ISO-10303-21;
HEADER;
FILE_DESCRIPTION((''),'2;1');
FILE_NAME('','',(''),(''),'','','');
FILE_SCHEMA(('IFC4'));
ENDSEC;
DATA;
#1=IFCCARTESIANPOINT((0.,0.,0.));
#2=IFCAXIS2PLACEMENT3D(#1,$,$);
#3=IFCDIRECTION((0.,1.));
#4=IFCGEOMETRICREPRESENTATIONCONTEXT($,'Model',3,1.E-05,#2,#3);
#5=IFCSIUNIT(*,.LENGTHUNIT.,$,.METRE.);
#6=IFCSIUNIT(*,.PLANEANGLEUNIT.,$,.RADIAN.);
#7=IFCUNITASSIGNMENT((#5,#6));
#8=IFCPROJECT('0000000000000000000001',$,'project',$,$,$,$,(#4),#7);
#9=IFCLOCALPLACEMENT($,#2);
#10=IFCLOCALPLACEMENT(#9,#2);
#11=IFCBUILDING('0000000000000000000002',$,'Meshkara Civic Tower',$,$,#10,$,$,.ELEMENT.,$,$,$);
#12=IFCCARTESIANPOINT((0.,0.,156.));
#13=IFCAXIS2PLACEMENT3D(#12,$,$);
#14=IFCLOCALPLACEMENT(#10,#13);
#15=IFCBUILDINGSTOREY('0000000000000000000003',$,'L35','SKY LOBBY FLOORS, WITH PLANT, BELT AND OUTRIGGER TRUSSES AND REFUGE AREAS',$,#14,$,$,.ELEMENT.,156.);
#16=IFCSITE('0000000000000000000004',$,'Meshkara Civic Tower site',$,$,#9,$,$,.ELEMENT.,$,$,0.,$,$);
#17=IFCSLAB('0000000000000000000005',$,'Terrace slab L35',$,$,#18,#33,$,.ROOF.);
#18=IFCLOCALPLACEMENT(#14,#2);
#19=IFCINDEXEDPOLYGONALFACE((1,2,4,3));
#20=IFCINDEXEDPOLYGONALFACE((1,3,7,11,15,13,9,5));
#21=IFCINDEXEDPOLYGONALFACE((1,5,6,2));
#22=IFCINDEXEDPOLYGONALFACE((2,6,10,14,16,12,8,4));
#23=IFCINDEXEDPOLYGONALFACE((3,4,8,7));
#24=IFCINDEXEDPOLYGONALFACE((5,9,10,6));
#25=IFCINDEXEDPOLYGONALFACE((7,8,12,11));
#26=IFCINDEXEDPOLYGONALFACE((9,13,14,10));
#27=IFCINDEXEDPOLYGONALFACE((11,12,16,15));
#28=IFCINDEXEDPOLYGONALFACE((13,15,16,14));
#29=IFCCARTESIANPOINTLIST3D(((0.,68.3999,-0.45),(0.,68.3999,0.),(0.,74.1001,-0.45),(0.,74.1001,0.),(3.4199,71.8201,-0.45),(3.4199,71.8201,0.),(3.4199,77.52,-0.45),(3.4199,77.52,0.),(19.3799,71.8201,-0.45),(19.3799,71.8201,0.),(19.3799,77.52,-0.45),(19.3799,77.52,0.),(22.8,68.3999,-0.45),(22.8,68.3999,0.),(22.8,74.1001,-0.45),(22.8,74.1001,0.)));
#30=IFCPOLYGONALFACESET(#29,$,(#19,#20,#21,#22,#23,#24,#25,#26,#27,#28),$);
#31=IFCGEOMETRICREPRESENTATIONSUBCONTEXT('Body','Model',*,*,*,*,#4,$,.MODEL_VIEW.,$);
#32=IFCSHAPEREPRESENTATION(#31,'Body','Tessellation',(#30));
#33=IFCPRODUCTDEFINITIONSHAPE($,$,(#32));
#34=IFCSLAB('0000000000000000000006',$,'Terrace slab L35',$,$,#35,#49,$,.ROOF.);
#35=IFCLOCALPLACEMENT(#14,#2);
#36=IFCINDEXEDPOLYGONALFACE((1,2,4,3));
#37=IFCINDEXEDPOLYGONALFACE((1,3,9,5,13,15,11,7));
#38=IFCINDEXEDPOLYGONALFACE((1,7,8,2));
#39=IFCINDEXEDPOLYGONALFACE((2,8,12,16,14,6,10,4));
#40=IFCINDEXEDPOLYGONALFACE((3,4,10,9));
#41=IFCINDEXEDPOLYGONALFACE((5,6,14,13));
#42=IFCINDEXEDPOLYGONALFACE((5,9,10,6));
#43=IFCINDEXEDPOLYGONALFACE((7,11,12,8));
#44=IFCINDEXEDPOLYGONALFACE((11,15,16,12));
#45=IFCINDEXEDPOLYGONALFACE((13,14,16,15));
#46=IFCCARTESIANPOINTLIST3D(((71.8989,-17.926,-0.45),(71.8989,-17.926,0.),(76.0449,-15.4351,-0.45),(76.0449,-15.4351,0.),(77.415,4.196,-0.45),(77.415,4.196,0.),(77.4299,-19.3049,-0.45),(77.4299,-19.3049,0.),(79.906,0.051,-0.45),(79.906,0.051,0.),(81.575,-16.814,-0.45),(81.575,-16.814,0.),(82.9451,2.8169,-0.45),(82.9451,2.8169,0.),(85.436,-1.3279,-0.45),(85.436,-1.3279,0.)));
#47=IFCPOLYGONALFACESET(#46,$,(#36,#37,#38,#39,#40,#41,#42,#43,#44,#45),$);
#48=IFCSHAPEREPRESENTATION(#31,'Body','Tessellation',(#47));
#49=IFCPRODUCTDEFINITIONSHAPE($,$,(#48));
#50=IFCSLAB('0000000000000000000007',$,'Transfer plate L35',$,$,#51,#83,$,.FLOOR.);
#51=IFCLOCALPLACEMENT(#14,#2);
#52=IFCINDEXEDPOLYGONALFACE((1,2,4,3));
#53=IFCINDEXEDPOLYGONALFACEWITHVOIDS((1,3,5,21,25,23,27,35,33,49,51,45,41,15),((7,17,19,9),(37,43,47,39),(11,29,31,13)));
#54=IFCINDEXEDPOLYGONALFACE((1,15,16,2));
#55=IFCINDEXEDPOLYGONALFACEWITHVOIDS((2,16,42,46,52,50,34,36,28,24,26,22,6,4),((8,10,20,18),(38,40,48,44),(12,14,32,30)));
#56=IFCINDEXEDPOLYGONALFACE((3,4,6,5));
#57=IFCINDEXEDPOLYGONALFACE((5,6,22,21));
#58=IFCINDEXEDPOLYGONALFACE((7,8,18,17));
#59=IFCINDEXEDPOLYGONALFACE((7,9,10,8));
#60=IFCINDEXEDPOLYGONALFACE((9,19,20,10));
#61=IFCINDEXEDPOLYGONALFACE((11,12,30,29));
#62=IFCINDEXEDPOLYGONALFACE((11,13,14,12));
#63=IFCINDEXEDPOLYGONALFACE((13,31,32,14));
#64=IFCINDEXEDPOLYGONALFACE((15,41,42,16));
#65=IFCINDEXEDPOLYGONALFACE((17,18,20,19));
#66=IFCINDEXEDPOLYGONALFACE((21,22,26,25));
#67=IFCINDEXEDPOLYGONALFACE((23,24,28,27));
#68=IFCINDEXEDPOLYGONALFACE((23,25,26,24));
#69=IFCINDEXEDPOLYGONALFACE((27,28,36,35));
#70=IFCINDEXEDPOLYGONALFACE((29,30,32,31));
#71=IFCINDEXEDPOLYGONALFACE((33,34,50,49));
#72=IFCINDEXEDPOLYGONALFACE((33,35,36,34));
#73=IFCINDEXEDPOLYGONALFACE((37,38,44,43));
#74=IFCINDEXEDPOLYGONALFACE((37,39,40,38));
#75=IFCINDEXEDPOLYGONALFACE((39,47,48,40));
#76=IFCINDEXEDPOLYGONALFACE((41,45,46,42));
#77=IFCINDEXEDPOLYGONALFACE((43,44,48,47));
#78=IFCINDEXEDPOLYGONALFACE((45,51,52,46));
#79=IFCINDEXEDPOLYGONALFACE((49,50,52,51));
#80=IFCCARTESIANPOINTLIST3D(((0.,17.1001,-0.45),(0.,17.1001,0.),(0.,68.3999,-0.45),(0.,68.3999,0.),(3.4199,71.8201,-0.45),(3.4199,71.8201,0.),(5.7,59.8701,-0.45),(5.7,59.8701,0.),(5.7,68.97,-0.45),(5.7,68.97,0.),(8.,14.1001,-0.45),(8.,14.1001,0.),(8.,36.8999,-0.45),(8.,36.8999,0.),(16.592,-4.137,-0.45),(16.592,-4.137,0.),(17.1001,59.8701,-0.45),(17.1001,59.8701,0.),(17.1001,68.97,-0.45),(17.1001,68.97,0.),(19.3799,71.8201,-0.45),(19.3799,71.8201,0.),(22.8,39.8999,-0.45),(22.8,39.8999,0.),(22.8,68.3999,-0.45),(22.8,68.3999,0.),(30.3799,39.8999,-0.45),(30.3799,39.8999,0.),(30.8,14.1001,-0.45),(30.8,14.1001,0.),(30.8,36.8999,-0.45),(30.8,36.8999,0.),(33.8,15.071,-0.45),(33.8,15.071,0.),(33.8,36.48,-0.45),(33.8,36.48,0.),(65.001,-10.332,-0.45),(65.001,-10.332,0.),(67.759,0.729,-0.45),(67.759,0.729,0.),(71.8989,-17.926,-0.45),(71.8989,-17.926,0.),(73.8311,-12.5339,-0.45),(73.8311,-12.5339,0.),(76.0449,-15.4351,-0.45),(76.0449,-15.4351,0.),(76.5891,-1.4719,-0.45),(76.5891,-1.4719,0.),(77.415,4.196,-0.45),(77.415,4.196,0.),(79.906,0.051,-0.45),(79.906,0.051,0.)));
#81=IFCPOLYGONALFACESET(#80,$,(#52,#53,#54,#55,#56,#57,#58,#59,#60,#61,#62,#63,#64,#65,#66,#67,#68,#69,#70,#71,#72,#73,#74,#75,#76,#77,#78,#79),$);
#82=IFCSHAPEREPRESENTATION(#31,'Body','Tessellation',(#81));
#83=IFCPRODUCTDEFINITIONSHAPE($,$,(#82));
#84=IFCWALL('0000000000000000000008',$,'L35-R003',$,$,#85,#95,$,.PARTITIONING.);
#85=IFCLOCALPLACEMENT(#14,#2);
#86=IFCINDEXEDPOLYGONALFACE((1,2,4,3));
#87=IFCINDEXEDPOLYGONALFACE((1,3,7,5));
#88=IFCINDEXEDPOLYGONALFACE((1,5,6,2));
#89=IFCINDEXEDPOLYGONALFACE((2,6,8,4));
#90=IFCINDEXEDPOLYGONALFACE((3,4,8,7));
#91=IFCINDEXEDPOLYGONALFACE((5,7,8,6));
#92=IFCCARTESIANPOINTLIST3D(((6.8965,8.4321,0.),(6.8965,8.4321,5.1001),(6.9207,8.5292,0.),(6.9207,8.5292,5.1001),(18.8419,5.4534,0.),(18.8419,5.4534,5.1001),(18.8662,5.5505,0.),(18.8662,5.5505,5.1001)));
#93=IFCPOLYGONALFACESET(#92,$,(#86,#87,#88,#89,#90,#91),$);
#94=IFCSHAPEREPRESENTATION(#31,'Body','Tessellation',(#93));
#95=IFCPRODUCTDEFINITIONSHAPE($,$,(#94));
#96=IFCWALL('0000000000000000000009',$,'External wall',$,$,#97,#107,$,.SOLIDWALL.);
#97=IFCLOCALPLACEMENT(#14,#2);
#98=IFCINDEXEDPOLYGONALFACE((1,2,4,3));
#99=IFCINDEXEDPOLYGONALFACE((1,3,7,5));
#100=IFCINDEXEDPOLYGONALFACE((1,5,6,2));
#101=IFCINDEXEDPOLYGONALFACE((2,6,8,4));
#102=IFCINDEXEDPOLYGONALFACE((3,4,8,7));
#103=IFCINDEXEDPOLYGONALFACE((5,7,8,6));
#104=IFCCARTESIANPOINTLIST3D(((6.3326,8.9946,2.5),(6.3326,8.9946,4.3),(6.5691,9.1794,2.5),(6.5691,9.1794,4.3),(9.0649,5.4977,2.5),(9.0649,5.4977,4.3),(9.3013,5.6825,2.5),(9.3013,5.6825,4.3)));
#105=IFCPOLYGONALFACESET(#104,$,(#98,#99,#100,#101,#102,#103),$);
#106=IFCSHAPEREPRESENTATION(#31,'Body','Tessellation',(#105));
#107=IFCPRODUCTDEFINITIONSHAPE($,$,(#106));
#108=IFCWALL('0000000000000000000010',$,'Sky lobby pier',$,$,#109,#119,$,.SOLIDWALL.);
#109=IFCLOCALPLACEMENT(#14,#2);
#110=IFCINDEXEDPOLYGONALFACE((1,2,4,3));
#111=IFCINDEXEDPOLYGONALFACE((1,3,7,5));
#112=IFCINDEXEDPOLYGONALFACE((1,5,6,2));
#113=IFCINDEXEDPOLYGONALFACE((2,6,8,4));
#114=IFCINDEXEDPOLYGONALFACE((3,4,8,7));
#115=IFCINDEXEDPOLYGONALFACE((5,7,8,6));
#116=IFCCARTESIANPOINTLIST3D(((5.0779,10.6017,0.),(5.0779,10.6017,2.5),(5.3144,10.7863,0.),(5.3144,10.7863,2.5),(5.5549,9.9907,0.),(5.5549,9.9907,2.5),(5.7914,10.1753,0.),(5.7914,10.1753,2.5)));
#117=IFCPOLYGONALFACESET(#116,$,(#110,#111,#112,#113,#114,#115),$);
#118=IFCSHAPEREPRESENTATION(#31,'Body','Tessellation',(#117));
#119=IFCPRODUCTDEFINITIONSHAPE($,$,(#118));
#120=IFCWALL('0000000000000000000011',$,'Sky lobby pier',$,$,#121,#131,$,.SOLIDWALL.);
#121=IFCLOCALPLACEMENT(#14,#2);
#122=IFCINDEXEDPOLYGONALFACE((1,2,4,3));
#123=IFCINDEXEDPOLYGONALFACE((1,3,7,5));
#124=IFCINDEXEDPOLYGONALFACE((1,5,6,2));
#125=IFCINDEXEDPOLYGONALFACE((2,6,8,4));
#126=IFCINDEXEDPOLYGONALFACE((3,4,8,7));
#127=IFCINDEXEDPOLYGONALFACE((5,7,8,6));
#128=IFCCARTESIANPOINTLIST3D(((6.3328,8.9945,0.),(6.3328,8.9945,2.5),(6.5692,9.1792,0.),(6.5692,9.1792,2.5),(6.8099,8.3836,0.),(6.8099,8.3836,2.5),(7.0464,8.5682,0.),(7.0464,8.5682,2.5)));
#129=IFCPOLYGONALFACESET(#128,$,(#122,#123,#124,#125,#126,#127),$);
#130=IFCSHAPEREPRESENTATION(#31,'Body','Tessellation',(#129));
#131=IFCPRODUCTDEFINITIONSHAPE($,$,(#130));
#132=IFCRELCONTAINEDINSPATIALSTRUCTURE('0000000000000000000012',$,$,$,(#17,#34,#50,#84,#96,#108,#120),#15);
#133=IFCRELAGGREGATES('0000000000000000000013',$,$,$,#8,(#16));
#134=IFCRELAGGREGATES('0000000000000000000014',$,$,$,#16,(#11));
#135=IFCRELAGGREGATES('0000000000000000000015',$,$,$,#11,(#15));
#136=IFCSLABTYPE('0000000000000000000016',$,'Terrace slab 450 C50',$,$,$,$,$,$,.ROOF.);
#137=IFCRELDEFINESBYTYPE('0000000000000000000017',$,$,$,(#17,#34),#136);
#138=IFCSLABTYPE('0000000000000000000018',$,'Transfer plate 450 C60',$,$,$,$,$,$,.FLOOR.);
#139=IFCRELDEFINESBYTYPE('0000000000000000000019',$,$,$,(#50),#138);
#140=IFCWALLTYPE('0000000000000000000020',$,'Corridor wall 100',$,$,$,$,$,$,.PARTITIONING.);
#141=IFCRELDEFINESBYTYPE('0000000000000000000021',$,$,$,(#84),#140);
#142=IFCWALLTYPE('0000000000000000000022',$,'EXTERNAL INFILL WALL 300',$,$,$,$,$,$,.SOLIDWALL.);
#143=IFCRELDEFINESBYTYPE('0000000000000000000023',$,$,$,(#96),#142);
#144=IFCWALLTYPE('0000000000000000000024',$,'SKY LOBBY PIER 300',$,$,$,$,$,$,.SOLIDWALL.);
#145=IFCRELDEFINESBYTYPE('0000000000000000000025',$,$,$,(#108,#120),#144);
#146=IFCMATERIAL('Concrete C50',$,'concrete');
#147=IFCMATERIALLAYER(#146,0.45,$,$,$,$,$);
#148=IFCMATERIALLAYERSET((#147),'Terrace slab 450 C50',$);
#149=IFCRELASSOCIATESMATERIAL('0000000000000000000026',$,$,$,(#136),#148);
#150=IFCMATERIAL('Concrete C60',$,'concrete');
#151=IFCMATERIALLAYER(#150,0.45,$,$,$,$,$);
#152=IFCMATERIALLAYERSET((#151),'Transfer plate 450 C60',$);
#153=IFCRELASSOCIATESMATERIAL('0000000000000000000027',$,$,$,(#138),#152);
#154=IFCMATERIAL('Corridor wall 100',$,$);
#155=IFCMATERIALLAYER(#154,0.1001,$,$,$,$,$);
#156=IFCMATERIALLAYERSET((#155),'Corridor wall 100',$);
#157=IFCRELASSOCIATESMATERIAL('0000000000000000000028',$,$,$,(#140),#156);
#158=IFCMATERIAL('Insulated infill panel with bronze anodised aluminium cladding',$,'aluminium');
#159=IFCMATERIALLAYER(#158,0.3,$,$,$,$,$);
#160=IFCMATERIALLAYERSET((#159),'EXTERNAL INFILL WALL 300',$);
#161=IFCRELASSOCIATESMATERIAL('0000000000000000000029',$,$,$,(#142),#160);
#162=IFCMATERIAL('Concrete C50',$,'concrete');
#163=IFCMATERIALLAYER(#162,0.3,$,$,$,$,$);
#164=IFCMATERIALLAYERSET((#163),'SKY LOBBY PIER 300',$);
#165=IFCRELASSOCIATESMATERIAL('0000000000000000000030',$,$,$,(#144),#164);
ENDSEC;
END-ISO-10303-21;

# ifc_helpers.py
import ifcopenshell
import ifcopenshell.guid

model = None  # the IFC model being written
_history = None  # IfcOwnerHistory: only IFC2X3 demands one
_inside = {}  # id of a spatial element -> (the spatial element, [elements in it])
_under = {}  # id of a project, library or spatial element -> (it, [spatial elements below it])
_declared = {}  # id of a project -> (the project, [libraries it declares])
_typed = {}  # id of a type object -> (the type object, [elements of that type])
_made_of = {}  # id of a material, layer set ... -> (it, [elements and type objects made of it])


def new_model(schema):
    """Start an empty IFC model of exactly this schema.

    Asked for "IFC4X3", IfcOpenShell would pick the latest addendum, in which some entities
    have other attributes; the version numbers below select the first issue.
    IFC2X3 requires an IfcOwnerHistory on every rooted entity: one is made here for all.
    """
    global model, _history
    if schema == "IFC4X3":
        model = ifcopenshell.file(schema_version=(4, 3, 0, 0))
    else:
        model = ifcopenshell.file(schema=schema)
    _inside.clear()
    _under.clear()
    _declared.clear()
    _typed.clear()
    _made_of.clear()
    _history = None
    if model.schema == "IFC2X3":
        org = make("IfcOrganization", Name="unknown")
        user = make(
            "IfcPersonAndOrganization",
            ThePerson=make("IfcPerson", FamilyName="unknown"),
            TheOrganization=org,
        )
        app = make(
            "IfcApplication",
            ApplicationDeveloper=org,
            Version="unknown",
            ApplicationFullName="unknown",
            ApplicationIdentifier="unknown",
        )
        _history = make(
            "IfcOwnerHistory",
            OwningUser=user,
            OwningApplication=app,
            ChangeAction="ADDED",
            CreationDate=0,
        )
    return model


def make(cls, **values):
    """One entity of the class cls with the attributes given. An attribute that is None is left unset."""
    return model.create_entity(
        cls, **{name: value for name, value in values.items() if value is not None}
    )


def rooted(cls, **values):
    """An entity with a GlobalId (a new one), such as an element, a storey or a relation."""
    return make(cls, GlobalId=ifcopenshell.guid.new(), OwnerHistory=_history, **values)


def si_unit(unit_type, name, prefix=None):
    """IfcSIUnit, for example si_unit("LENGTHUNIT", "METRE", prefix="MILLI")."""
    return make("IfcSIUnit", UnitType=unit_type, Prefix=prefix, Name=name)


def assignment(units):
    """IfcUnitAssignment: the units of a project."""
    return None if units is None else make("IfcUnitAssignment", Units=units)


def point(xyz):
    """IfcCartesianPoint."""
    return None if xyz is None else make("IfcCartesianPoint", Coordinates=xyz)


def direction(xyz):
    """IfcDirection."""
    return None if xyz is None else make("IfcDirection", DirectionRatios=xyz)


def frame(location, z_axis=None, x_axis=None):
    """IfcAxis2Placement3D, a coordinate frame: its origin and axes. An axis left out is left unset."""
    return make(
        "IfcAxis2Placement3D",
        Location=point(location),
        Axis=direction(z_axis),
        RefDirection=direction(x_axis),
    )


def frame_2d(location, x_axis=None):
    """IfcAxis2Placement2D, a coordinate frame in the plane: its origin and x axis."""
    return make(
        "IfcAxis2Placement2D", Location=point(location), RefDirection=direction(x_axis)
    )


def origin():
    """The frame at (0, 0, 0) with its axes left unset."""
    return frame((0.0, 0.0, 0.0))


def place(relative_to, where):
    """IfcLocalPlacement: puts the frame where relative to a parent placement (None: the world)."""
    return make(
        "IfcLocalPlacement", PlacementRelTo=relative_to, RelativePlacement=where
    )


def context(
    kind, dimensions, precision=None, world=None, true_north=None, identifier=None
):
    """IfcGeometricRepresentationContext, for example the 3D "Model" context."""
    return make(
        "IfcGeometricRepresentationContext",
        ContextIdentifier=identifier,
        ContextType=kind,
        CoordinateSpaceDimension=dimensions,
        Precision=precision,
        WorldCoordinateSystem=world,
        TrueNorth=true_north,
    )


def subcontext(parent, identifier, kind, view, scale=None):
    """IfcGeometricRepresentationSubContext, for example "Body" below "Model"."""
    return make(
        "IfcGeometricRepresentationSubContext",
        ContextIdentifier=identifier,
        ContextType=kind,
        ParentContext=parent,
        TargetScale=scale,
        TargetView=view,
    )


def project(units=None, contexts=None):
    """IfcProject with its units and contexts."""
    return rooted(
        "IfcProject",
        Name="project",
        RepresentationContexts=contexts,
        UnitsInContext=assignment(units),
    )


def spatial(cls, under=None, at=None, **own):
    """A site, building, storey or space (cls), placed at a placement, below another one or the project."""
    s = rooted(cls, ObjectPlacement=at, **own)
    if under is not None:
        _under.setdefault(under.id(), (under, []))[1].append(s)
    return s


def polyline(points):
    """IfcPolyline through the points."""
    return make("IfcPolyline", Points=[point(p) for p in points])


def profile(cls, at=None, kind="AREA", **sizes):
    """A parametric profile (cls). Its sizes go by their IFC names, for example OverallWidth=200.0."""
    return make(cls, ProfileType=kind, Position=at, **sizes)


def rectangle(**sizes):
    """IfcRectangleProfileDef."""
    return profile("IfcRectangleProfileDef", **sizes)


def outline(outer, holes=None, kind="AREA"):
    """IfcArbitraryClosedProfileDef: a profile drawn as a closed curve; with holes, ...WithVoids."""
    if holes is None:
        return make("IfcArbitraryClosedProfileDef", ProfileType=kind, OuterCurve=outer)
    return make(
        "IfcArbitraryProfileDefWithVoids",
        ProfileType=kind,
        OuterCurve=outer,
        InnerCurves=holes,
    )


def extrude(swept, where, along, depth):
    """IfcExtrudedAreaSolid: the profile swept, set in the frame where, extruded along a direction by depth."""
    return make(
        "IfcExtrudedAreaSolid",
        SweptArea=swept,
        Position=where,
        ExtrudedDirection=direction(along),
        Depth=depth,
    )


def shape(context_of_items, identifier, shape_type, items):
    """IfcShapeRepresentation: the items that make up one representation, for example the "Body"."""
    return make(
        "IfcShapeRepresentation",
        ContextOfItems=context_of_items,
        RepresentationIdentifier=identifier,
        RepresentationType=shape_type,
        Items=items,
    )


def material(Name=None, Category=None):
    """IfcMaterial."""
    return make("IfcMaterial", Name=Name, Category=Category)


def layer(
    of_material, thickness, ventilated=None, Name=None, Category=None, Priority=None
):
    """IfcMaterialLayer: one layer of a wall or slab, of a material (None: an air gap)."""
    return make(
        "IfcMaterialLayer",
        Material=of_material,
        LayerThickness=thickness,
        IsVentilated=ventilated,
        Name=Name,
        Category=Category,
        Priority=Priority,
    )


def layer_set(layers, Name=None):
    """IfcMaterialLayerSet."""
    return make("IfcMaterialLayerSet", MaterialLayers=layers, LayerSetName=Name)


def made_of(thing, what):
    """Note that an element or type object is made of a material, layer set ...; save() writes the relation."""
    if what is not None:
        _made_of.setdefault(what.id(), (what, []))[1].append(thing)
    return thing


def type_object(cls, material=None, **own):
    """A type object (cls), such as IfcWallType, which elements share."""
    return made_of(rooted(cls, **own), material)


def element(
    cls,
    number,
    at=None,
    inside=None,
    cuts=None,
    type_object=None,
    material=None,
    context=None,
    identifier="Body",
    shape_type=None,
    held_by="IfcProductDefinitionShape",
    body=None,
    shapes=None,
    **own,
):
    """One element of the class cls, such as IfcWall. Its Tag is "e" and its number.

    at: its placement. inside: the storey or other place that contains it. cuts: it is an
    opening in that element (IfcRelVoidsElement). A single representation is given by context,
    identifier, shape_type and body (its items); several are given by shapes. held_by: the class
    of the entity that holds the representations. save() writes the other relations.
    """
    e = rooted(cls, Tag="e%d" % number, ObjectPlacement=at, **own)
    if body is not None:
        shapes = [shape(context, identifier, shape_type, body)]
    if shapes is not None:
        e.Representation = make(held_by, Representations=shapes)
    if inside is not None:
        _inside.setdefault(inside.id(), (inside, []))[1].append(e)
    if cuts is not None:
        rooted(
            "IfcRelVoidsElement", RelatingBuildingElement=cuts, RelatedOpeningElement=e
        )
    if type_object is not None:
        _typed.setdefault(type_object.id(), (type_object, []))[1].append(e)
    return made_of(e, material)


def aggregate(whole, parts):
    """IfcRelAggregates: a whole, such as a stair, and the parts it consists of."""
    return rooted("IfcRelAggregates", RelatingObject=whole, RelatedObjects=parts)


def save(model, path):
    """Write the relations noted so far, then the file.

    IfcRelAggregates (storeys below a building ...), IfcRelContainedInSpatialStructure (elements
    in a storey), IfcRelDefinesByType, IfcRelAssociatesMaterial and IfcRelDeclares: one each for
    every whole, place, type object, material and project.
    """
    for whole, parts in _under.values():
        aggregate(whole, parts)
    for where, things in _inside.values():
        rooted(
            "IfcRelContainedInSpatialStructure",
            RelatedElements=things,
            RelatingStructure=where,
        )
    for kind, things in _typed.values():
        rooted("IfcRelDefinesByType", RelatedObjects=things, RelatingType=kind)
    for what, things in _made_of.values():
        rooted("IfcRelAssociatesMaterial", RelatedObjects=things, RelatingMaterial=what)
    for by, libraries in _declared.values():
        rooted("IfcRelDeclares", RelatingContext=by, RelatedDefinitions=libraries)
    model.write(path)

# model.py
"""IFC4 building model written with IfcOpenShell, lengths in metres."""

from ifc_helpers import new_model, si_unit, direction, frame, frame_2d, origin, place, context, subcontext, project, spatial, polyline, rectangle, outline, extrude, material, layer, layer_set, type_object, element, save


model = new_model("IFC4")

# Units and contexts
model_context = context("Model", 3, precision=1e-05, world=origin(), true_north=direction((0.0, 1.0)))
body_context = subcontext(model_context, "Body", "Model", "MODEL_VIEW")
ifc_project = project(units=[si_unit("LENGTHUNIT", "METRE"), si_unit("PLANEANGLEUNIT", "RADIAN")], contexts=[model_context])

# Site, building, storey
site_placement = place(None, origin())
site = spatial("IfcSite", under=ifc_project, at=site_placement, Name="Meshkara Civic Tower site", CompositionType="ELEMENT", RefElevation=0.0)
building_placement = place(site_placement, origin())
building = spatial("IfcBuilding", under=site, at=building_placement, Name="Meshkara Civic Tower", CompositionType="ELEMENT")
storey_placement = place(building_placement, frame((0.0, 0.0, 156.0)))
storey = spatial("IfcBuildingStorey", under=building, at=storey_placement, Name="L35", Description="SKY LOBBY FLOORS, WITH PLANT, BELT AND OUTRIGGER TRUSSES AND REFUGE AREAS", CompositionType="ELEMENT", Elevation=156.0)

# Slabs
ifc_material_1 = material(Name="Concrete C50", Category="concrete")
ifc_layer_1 = layer(ifc_material_1, 0.45)
ifc_layer_set_1 = layer_set([ifc_layer_1], Name="Terrace slab 450 C50")
slab_type_1 = type_object("IfcSlabType", Name="Terrace slab 450 C50", PredefinedType="ROOF", material=ifc_layer_set_1)
slab_1_placement = place(storey_placement, frame((0.0, 0.0, -0.45)))
element("IfcSlab", 1, at=slab_1_placement, inside=storey, type_object=slab_type_1, Name="Terrace slab L35", PredefinedType="ROOF", context=body_context, shape_type="SweptSolid", body=[
    extrude(outline(polyline([(3.4199, 77.52), (19.3799, 77.52), (22.8, 74.1001), (22.8, 68.3999), (19.3799, 71.8201), (3.4199, 71.8201), (0.0, 68.3999), (0.0, 74.1001), (3.4199, 77.52)])), origin(), (0.0, 0.0, 1.0), 0.45),
])
slab_2_placement = place(storey_placement, frame((0.0, 0.0, -0.45)))
element("IfcSlab", 2, at=slab_2_placement, inside=storey, type_object=slab_type_1, Name="Terrace slab L35", PredefinedType="ROOF", context=body_context, shape_type="SweptSolid", body=[
    extrude(outline(polyline([(85.436, -1.3279), (81.575, -16.814), (77.4299, -19.3049), (71.8989, -17.926), (76.0449, -15.4351), (79.906, 0.051), (77.415, 4.196), (82.9451, 2.8169), (85.436, -1.3279)])), origin(), (0.0, 0.0, 1.0), 0.45),
])
ifc_material_2 = material(Name="Concrete C60", Category="concrete")
ifc_layer_2 = layer(ifc_material_2, 0.45)
ifc_layer_set_2 = layer_set([ifc_layer_2], Name="Transfer plate 450 C60")
slab_type_2 = type_object("IfcSlabType", Name="Transfer plate 450 C60", PredefinedType="FLOOR", material=ifc_layer_set_2)
slab_3_placement = place(storey_placement, frame((0.0, 0.0, -0.45)))
element("IfcSlab", 3, at=slab_3_placement, inside=storey, type_object=slab_type_2, Name="Transfer plate L35", PredefinedType="FLOOR", context=body_context, shape_type="SweptSolid", body=[
    extrude(outline(polyline([(76.0449, -15.4351), (71.8989, -17.926), (16.592, -4.137), (0.0, 17.1001), (0.0, 68.3999), (3.4199, 71.8201), (19.3799, 71.8201), (22.8, 68.3999), (22.8, 39.8999), (30.3799, 39.8999), (33.8, 36.48), (33.8, 15.071), (77.415, 4.196), (79.906, 0.051), (76.0449, -15.4351)]), holes=[polyline([(73.8311, -12.5339), (76.5891, -1.4719), (67.759, 0.729), (65.001, -10.332), (73.8311, -12.5339)]), polyline([(8.0, 14.1001), (30.8, 14.1001), (30.8, 36.8999), (8.0, 36.8999), (8.0, 14.1001)]), polyline([(5.7, 68.97), (5.7, 59.8701), (17.1001, 59.8701), (17.1001, 68.97), (5.7, 68.97)])]), origin(), (0.0, 0.0, 1.0), 0.45),
])

# Walls
ifc_material_3 = material(Name="Corridor wall 100")
ifc_layer_3 = layer(ifc_material_3, 0.1001)
ifc_layer_set_3 = layer_set([ifc_layer_3], Name="Corridor wall 100")
wall_type_1 = type_object("IfcWallType", Name="Corridor wall 100", PredefinedType="PARTITIONING", material=ifc_layer_set_3)
wall_1_placement = place(storey_placement, frame((6.9084, 8.4807, 0.0), z_axis=(0.0, 0.0, 1.0), x_axis=(0.970288, -0.241952, 0.0)))
element("IfcWall", 4, at=wall_1_placement, inside=storey, type_object=wall_type_1, Name="L35-R003", PredefinedType="PARTITIONING", context=body_context, shape_type="SweptSolid", body=[
    extrude(rectangle(XDim=12.3113, YDim=0.1001, at=frame_2d((6.1558, 0.0))), origin(), (0.0, 0.0, 1.0), 5.1001),
])
ifc_material_4 = material(Name="Insulated infill panel with bronze anodised aluminium cladding", Category="aluminium")
ifc_layer_4 = layer(ifc_material_4, 0.3)
ifc_layer_set_4 = layer_set([ifc_layer_4], Name="EXTERNAL INFILL WALL 300")
wall_type_2 = type_object("IfcWallType", Name="EXTERNAL INFILL WALL 300", PredefinedType="SOLIDWALL", material=ifc_layer_set_4)
wall_2_placement = place(storey_placement, frame((6.4509, 9.0869, 2.5), z_axis=(0.0, 0.0, 1.0), x_axis=(0.615684, -0.787994, 0.0)))
element("IfcWall", 5, at=wall_2_placement, inside=storey, type_object=wall_type_2, Name="External wall", PredefinedType="SOLIDWALL", context=body_context, shape_type="SweptSolid", body=[
    extrude(rectangle(XDim=4.4377, YDim=0.3, at=frame_2d((2.2188, 0.0))), origin(), (0.0, 0.0, 1.0), 1.8),
])
ifc_material_5 = material(Name="Concrete C50", Category="concrete")
ifc_layer_5 = layer(ifc_material_5, 0.3)
ifc_layer_set_5 = layer_set([ifc_layer_5], Name="SKY LOBBY PIER 300")
wall_type_3 = type_object("IfcWallType", Name="SKY LOBBY PIER 300", PredefinedType="SOLIDWALL", material=ifc_layer_set_5)
for number, where, z_axis, x_axis, name in (
    (6, (5.196, 10.6941, 0.0), (0.0, 0.0, 1.0), (0.615357, -0.788249, 0.0), "Sky lobby pier"),
    (7, (6.4509, 9.0869, 0.0), (0.0, 0.0, 1.0), (0.61551, -0.788129, 0.0), "Sky lobby pier"),
):
    element("IfcWall", number, at=place(storey_placement, frame(where, z_axis=z_axis, x_axis=x_axis)), inside=storey, type_object=wall_type_3, Name=name, PredefinedType="SOLIDWALL", context=body_context, shape_type="SweptSolid", body=[
        extrude(rectangle(XDim=0.7751, YDim=0.3, at=frame_2d((0.3877, 0.0))), origin(), (0.0, 0.0, 1.0), 2.5),
    ])

save(model, "model.ifc")
